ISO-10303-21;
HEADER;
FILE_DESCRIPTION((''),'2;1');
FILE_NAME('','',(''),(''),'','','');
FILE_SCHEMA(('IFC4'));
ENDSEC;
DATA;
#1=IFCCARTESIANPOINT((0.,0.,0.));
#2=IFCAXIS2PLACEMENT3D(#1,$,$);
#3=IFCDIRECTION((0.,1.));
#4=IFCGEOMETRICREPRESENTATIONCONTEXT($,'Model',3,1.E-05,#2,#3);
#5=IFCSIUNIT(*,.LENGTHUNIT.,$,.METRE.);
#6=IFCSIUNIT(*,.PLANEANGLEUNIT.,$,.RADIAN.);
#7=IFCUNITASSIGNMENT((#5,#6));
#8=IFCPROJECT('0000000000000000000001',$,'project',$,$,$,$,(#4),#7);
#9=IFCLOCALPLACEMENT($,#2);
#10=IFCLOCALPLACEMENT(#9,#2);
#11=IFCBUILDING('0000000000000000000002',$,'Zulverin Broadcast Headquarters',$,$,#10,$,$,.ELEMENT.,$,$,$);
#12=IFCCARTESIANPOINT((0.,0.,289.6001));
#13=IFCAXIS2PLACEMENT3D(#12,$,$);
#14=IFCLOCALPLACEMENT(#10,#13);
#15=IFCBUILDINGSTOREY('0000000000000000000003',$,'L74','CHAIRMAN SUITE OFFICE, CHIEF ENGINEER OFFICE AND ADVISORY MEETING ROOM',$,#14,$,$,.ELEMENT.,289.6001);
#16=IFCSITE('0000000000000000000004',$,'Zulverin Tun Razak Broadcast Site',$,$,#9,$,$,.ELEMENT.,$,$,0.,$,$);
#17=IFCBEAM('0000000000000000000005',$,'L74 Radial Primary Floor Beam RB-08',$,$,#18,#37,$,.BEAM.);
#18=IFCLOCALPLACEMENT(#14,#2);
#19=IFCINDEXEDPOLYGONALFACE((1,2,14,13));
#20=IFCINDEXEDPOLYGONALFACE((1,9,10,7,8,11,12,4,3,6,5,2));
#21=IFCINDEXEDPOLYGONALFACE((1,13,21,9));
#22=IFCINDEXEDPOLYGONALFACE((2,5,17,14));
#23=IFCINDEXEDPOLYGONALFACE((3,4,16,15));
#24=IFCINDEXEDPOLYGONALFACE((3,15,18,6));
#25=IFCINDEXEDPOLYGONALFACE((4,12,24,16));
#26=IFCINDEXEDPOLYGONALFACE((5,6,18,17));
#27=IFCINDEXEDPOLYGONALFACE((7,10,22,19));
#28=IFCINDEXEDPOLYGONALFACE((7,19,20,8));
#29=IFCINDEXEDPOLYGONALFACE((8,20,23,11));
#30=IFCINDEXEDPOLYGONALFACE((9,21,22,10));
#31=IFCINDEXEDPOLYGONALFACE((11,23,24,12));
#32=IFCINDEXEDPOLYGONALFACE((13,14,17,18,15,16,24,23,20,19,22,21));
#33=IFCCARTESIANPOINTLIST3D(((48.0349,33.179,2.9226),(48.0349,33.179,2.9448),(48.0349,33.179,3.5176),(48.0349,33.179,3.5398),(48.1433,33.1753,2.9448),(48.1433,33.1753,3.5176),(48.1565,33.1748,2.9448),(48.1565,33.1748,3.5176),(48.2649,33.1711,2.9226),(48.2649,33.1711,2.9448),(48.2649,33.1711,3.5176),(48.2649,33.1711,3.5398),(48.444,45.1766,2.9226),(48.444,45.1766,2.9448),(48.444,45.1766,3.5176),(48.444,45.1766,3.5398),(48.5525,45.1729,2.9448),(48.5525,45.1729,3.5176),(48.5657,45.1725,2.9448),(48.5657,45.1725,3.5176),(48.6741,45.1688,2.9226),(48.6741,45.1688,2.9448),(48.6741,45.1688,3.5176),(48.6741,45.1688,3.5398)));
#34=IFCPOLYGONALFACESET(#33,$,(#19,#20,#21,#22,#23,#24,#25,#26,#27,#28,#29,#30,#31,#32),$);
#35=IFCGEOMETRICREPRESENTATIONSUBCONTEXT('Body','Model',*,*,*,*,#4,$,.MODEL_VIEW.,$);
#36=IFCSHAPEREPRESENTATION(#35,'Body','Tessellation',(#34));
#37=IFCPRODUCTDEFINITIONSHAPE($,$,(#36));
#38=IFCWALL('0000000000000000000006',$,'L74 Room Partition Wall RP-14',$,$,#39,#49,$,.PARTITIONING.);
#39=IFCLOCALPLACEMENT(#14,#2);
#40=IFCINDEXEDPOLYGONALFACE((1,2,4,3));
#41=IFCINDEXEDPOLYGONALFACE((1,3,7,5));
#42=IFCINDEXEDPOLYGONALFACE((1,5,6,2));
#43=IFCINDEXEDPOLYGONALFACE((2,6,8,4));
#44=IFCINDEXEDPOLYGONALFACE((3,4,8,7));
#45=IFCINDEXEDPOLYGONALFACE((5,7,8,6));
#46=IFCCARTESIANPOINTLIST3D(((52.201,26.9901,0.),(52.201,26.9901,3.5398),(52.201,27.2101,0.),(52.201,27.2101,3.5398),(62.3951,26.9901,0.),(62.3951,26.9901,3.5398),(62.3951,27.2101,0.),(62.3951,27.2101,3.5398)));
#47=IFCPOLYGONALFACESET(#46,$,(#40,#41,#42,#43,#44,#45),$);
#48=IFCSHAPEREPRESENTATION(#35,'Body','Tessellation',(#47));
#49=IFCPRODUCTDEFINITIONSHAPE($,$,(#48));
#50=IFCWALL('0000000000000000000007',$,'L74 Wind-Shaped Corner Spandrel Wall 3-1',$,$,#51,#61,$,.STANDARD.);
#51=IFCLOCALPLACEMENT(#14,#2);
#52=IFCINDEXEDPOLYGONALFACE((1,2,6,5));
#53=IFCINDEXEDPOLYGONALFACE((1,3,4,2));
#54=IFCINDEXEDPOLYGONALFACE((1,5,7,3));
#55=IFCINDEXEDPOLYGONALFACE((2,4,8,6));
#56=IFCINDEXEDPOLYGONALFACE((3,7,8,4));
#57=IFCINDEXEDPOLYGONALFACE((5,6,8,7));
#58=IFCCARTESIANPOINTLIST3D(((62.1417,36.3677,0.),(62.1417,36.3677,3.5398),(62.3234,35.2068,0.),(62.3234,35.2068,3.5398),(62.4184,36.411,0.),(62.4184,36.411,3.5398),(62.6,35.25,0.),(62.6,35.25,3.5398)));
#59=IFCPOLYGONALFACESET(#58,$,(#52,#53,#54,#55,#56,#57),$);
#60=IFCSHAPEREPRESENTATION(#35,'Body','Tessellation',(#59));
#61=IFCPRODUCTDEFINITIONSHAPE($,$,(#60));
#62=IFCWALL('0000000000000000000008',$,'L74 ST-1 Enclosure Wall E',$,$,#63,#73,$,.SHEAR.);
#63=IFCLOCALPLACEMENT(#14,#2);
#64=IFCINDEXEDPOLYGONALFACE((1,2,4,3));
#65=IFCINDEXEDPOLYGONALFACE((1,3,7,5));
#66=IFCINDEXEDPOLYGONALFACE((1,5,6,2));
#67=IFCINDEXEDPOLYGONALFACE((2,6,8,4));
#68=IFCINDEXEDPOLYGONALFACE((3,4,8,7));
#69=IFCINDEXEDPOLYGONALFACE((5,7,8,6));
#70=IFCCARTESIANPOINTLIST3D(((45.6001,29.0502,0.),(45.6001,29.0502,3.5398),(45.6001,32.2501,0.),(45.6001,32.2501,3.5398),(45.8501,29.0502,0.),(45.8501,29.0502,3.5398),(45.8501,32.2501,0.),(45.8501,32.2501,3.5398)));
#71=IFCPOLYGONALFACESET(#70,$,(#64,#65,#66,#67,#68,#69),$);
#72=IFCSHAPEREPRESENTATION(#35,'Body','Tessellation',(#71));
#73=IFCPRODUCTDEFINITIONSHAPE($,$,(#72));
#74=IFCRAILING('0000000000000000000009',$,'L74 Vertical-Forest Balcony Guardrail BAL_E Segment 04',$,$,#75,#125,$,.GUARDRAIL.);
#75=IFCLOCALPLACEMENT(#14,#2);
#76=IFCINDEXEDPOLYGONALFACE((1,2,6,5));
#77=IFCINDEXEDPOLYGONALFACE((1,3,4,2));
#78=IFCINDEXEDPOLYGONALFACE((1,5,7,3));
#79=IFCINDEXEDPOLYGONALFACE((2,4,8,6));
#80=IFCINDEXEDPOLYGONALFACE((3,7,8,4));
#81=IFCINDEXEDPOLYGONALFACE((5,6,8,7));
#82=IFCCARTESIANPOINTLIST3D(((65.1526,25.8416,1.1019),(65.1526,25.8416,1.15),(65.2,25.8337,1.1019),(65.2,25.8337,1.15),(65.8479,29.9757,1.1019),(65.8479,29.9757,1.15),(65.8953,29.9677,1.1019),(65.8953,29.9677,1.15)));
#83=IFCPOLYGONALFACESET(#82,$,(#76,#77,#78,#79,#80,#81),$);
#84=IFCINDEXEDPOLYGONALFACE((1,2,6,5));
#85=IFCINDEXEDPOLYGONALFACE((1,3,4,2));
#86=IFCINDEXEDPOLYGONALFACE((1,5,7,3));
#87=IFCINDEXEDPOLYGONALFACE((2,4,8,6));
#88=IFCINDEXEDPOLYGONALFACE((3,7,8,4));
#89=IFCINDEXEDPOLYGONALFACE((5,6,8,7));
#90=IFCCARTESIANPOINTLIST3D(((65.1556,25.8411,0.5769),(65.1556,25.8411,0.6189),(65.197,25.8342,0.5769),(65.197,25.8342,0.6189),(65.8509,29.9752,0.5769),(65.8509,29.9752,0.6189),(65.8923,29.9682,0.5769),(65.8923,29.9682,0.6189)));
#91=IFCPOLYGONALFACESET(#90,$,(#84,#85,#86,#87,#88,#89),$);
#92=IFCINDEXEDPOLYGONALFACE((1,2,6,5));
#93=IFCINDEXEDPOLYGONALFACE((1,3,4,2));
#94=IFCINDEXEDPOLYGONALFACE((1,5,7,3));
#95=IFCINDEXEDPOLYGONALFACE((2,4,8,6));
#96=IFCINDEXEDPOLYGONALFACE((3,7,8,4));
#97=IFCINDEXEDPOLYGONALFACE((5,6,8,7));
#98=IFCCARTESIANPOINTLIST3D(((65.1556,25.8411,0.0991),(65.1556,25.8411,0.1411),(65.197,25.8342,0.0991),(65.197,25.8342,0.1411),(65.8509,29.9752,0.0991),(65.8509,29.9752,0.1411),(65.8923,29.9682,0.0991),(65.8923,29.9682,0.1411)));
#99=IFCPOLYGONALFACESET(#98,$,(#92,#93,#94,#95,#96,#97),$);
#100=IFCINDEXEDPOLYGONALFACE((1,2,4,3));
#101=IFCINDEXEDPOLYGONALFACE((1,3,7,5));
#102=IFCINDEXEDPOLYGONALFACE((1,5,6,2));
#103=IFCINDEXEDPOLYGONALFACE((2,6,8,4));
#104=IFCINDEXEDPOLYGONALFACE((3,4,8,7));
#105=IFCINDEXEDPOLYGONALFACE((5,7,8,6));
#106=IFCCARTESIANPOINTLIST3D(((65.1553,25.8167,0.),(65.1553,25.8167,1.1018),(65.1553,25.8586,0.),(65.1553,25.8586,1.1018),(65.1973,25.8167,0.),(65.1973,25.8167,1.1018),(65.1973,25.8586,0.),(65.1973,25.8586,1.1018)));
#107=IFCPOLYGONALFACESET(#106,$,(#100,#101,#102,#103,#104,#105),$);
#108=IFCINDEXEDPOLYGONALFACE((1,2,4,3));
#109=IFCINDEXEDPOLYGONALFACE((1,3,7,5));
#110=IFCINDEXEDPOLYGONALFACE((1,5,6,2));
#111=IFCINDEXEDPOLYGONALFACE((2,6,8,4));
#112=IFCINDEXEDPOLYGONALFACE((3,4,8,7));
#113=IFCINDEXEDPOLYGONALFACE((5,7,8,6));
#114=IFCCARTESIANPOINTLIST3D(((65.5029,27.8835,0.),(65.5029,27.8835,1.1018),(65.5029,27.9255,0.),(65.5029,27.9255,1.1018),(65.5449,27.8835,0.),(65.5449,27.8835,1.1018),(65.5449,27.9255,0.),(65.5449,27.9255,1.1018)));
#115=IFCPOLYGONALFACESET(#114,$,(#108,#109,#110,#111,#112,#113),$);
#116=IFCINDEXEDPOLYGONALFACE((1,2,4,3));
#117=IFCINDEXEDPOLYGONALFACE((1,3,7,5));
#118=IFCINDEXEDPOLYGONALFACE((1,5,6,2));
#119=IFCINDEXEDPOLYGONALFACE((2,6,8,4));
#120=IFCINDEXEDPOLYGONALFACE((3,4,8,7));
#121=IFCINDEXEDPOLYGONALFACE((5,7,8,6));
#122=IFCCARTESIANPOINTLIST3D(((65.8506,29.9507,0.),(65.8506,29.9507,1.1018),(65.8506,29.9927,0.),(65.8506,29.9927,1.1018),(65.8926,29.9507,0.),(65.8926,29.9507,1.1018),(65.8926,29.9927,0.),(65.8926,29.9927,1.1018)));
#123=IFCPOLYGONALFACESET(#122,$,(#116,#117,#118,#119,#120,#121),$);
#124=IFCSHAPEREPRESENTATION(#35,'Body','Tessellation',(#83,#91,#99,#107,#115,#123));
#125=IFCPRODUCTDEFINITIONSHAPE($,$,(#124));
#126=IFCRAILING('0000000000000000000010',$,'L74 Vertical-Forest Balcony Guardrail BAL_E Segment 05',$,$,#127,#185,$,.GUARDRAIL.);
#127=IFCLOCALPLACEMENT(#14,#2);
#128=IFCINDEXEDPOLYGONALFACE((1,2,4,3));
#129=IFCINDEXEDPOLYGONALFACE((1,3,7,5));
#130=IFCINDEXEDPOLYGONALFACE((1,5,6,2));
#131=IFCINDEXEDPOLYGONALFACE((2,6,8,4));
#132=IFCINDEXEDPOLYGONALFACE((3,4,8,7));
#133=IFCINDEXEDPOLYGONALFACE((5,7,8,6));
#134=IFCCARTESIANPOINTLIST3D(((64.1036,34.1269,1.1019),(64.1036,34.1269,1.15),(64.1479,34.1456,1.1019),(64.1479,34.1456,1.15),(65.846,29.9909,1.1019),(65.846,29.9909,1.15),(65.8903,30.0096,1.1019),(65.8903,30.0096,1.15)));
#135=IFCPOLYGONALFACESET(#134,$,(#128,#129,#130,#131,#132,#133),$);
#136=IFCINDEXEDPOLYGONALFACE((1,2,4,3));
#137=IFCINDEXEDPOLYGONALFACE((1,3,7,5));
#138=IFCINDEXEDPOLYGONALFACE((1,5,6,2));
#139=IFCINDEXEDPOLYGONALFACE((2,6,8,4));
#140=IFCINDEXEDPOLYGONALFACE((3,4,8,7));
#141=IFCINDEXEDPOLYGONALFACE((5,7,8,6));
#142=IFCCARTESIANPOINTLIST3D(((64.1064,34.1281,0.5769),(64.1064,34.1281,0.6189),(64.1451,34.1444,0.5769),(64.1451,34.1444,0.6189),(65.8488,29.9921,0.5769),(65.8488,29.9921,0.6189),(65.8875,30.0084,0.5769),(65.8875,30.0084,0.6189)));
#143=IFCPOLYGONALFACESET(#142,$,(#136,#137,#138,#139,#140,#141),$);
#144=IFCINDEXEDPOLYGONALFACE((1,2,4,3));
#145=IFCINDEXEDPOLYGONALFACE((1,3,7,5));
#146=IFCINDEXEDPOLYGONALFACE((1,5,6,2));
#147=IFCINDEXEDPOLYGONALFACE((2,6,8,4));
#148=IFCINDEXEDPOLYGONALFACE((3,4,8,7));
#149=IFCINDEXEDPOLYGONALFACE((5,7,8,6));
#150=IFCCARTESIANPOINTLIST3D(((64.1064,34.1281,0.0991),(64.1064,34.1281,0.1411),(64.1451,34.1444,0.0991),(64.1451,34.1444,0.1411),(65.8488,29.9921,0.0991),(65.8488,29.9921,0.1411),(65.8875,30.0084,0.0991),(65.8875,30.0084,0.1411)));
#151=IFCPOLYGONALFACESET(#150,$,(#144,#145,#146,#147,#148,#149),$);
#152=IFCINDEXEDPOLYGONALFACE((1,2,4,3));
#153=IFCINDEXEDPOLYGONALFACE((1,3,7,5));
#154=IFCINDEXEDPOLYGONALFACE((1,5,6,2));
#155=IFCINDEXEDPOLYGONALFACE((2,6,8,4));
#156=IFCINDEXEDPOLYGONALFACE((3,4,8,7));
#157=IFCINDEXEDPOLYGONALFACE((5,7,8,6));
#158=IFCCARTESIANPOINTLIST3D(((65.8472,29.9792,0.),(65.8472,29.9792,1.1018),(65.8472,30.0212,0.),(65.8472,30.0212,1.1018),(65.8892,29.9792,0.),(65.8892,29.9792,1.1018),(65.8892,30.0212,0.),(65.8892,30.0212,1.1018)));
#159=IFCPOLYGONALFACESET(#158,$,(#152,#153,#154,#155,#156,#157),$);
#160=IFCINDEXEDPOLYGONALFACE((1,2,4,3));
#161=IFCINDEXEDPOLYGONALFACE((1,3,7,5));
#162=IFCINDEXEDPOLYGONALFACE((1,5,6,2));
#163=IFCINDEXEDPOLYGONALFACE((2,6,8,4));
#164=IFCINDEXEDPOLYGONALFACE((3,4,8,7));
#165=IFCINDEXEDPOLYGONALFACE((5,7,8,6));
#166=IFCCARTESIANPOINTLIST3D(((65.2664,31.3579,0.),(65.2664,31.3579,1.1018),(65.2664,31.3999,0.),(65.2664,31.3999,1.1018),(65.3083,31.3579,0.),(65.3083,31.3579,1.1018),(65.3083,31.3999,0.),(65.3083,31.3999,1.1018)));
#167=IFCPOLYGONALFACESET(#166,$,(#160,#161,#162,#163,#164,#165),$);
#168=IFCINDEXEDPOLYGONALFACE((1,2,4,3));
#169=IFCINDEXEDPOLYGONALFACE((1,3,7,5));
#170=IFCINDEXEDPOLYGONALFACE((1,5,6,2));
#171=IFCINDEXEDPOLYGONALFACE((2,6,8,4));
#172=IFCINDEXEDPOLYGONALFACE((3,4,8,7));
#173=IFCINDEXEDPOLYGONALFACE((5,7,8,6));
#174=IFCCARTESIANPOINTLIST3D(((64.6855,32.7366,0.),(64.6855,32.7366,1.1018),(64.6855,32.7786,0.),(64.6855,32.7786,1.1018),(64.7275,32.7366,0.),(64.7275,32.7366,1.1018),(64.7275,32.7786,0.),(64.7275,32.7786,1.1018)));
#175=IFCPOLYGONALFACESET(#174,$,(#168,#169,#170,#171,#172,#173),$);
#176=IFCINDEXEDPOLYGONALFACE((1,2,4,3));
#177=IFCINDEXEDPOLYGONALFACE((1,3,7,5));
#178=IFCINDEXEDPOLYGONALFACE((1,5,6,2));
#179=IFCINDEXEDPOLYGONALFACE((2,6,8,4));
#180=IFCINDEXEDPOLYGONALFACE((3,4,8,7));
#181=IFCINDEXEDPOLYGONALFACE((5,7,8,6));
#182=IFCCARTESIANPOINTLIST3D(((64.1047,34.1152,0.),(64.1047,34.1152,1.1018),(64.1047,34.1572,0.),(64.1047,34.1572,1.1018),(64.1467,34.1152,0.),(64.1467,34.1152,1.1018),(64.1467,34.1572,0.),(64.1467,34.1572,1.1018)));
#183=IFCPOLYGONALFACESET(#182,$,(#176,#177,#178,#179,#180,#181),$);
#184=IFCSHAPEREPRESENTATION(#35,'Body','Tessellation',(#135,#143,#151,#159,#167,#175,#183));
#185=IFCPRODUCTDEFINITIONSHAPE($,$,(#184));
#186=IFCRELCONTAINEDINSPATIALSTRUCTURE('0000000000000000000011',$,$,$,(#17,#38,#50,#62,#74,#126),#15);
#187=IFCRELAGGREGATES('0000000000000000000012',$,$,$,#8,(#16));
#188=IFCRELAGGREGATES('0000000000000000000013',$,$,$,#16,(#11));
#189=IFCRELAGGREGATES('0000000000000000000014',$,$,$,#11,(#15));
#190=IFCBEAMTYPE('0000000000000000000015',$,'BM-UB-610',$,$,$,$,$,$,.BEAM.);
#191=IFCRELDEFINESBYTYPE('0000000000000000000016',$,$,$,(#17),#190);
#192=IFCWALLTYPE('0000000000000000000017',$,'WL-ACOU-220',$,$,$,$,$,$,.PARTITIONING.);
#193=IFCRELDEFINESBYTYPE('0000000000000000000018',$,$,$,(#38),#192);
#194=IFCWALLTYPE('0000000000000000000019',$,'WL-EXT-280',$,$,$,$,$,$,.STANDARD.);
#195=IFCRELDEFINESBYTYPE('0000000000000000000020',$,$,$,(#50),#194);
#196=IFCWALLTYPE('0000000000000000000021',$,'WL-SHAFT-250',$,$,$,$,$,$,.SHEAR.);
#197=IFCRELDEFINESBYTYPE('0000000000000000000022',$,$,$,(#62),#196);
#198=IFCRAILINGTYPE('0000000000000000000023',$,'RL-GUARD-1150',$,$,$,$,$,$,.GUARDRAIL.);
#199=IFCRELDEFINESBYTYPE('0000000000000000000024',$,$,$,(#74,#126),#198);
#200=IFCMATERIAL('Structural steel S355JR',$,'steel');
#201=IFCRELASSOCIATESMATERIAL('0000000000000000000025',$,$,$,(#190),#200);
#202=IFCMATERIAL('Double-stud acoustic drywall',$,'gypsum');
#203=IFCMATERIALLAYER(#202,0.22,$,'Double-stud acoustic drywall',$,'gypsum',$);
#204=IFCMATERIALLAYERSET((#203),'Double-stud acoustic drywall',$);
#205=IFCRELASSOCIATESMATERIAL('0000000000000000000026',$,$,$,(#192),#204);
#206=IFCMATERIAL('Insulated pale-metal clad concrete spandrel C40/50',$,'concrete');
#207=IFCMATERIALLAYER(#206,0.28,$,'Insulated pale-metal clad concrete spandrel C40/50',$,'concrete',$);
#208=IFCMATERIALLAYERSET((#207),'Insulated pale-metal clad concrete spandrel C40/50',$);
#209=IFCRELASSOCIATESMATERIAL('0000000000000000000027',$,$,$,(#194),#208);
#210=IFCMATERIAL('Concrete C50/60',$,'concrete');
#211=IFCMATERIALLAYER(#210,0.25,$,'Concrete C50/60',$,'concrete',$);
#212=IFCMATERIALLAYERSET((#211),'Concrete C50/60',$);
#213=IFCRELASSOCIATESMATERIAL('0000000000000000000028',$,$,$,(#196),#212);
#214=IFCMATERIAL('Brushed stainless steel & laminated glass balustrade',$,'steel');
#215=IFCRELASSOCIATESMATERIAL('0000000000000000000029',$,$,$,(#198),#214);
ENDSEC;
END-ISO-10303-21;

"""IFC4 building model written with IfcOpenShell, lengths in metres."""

from ifc_helpers import new_model, si_unit, direction, frame, frame_2d, origin, origin_2d, place, context, subcontext, project, spatial, rectangle, i_section, extrude, material, layer, layer_set, material_profile, profile_set, type_object, element, save


model = new_model("IFC4")

# Units and contexts
model_context = context("Model", 3, precision=1e-05, world=origin(), true_north=direction((0.0, 1.0)))
body_context = subcontext(model_context, "Body", "Model", "MODEL_VIEW")
ifc_project = project(units=[si_unit("LENGTHUNIT", "METRE"), si_unit("PLANEANGLEUNIT", "RADIAN")], contexts=[model_context])

# Site, building, storey
site_placement = place(None, origin())
site = spatial("IfcSite", under=ifc_project, at=site_placement, Name="Zulverin Tun Razak Broadcast Site", CompositionType="ELEMENT", RefElevation=0.0)
building_placement = place(site_placement, origin())
building = spatial("IfcBuilding", under=site, at=building_placement, Name="Zulverin Broadcast Headquarters", CompositionType="ELEMENT")
storey_placement = place(building_placement, frame((0.0, 0.0, 289.6001)))
storey = spatial("IfcBuildingStorey", under=building, at=storey_placement, Name="L74", Description="CHAIRMAN SUITE OFFICE, CHIEF ENGINEER OFFICE AND ADVISORY MEETING ROOM", CompositionType="ELEMENT", Elevation=289.6001)

# Shared definitions
ifc_material_1 = material(Name="Concrete C50/60", Category="concrete")

# Beam
ifc_material_2 = material(Name="Structural steel S355JR", Category="steel")
ifc_material_profile_1 = material_profile(ifc_material_2, i_section(OverallWidth=0.2302, OverallDepth=0.6172, WebThickness=0.0132, FlangeThickness=0.0222, at=origin_2d()), Name="Structural steel S355JR", Category="steel")
ifc_profile_set_1 = profile_set([ifc_material_profile_1], Name="Structural steel S355JR")
beam_type_1 = type_object("IfcBeamType", Name="BM-UB-610", PredefinedType="BEAM", material=ifc_profile_set_1)
beam_1_placement = place(storey_placement, frame((48.1499, 33.175, 3.2312), z_axis=(0.034085, 0.999419, 0.0), x_axis=(-0.999419, 0.034085, 0.0)))
element("IfcBeam", 1, at=beam_1_placement, inside=storey, type_object=beam_type_1, Name="L74 Radial Primary Floor Beam RB-08", PredefinedType="BEAM", context=body_context, shape_type="SweptSolid", body=[
    extrude(i_section(OverallWidth=0.2302, OverallDepth=0.6172, WebThickness=0.0132, FlangeThickness=0.0222, at=origin_2d()), origin(), (0.0, 0.0, 1.0), 12.0046),
])

# Walls
ifc_material_3 = material(Name="Double-stud acoustic drywall", Category="gypsum")
ifc_layer_1 = layer(ifc_material_3, 0.22, Name="Double-stud acoustic drywall", Category="gypsum")
ifc_layer_set_1 = layer_set([ifc_layer_1], Name="Double-stud acoustic drywall")
wall_type_1 = type_object("IfcWallType", Name="WL-ACOU-220", PredefinedType="PARTITIONING", material=ifc_layer_set_1)
wall_1_placement = place(storey_placement, frame((52.2009, 27.1001, 0.0), z_axis=(0.0, 0.0, 1.0), x_axis=(1.0, 0.0, 0.0)))
element("IfcWall", 2, at=wall_1_placement, inside=storey, type_object=wall_type_1, Name="L74 Room Partition Wall RP-14", PredefinedType="PARTITIONING", context=body_context, shape_type="SweptSolid", body=[
    extrude(rectangle(XDim=10.1941, YDim=0.22, at=frame_2d((5.0972, 0.0))), origin(), (0.0, 0.0, 1.0), 3.5398),
])
ifc_material_4 = material(Name="Insulated pale-metal clad concrete spandrel C40/50", Category="concrete")
ifc_layer_2 = layer(ifc_material_4, 0.28, Name="Insulated pale-metal clad concrete spandrel C40/50", Category="concrete")
ifc_layer_set_2 = layer_set([ifc_layer_2], Name="Insulated pale-metal clad concrete spandrel C40/50")
wall_type_2 = type_object("IfcWallType", Name="WL-EXT-280", PredefinedType="STANDARD", material=ifc_layer_set_2)
wall_2_placement = place(storey_placement, frame((62.4617, 35.2285, 0.0), z_axis=(0.0, 0.0, 1.0), x_axis=(-0.154586, 0.987979, 0.0)))
element("IfcWall", 3, at=wall_2_placement, inside=storey, type_object=wall_type_2, Name="L74 Wind-Shaped Corner Spandrel Wall 3-1", PredefinedType="STANDARD", context=body_context, shape_type="SweptSolid", body=[
    extrude(rectangle(XDim=1.175, YDim=0.28, at=frame_2d((0.5874, 0.0))), origin(), (0.0, 0.0, 1.0), 3.5398),
])
ifc_layer_3 = layer(ifc_material_1, 0.25, Name="Concrete C50/60", Category="concrete")
ifc_layer_set_3 = layer_set([ifc_layer_3], Name="Concrete C50/60")
wall_type_3 = type_object("IfcWallType", Name="WL-SHAFT-250", PredefinedType="SHEAR", material=ifc_layer_set_3)
wall_3_placement = place(storey_placement, frame((45.7251, 29.05, 0.0), z_axis=(0.0, 0.0, 1.0), x_axis=(0.0, 1.0, 0.0)))
element("IfcWall", 4, at=wall_3_placement, inside=storey, type_object=wall_type_3, Name="L74 ST-1 Enclosure Wall E", PredefinedType="SHEAR", context=body_context, shape_type="SweptSolid", body=[
    extrude(rectangle(XDim=3.2, YDim=0.25, at=frame_2d((1.6001, 0.0))), origin(), (0.0, 0.0, 1.0), 3.5398),
])

# Railings
ifc_material_5 = material(Name="Brushed stainless steel & laminated glass balustrade", Category="steel")
railing_type = type_object("IfcRailingType", Name="RL-GUARD-1150", PredefinedType="GUARDRAIL", material=ifc_material_5)
railing_1_placement = place(storey_placement, frame((65.1763, 25.8376, 0.0)))
element("IfcRailing", 5, at=railing_1_placement, inside=storey, type_object=railing_type, Name="L74 Vertical-Forest Balcony Guardrail BAL_E Segment 04", PredefinedType="GUARDRAIL", context=body_context, shape_type="SweptSolid", body=[
    extrude(rectangle(XDim=0.0481, YDim=0.0481, at=origin_2d()), frame((0.0, 0.0, 1.126), z_axis=(0.165863, 0.986149, 0.0), x_axis=(-0.986149, 0.165863, 0.0)), (0.0, 0.0, 1.0), 4.1921),
    extrude(rectangle(XDim=0.042, YDim=0.042, at=origin_2d()), frame((0.0, 0.0, 0.5979), z_axis=(0.165863, 0.986149, 0.0), x_axis=(-0.986149, 0.165863, 0.0)), (0.0, 0.0, 1.0), 4.1921),
    extrude(rectangle(XDim=0.042, YDim=0.042, at=origin_2d()), frame((0.0, 0.0, 0.1201), z_axis=(0.165863, 0.986149, 0.0), x_axis=(-0.986149, 0.165863, 0.0)), (0.0, 0.0, 1.0), 4.1921),
    extrude(rectangle(XDim=0.042, YDim=0.042, at=origin_2d()), origin(), (0.0, 0.0, 1.0), 1.1018),
    extrude(rectangle(XDim=0.042, YDim=0.042, at=origin_2d()), frame((0.3477, 2.0669, 0.0)), (0.0, 0.0, 1.0), 1.1018),
    extrude(rectangle(XDim=0.042, YDim=0.042, at=origin_2d()), frame((0.6953, 4.134, 0.0)), (0.0, 0.0, 1.0), 1.1018),
])
railing_2_placement = place(storey_placement, frame((65.8682, 30.0002, 0.0)))
element("IfcRailing", 6, at=railing_2_placement, inside=storey, type_object=railing_type, Name="L74 Vertical-Forest Balcony Guardrail BAL_E Segment 05", PredefinedType="GUARDRAIL", context=body_context, shape_type="SweptSolid", body=[
    extrude(rectangle(XDim=0.0481, YDim=0.0481, at=origin_2d()), frame((0.0, 0.0, 1.126), z_axis=(-0.388239, 0.921559, 0.0), x_axis=(-0.921559, -0.388239, 0.0)), (0.0, 0.0, 1.0), 4.488),
    extrude(rectangle(XDim=0.042, YDim=0.042, at=origin_2d()), frame((0.0, 0.0, 0.5979), z_axis=(-0.388239, 0.921559, 0.0), x_axis=(-0.921559, -0.388239, 0.0)), (0.0, 0.0, 1.0), 4.488),
    extrude(rectangle(XDim=0.042, YDim=0.042, at=origin_2d()), frame((0.0, 0.0, 0.1201), z_axis=(-0.388239, 0.921559, 0.0), x_axis=(-0.921559, -0.388239, 0.0)), (0.0, 0.0, 1.0), 4.488),
    extrude(rectangle(XDim=0.042, YDim=0.042, at=origin_2d()), origin(), (0.0, 0.0, 1.0), 1.1018),
    extrude(rectangle(XDim=0.042, YDim=0.042, at=origin_2d()), frame((-0.5808, 1.3787, 0.0)), (0.0, 0.0, 1.0), 1.1018),
    extrude(rectangle(XDim=0.042, YDim=0.042, at=origin_2d()), frame((-1.1616, 2.7573, 0.0)), (0.0, 0.0, 1.0), 1.1018),
    extrude(rectangle(XDim=0.042, YDim=0.042, at=origin_2d()), frame((-1.7424, 4.136, 0.0)), (0.0, 0.0, 1.0), 1.1018),
])

save(model, "model.ifc")
